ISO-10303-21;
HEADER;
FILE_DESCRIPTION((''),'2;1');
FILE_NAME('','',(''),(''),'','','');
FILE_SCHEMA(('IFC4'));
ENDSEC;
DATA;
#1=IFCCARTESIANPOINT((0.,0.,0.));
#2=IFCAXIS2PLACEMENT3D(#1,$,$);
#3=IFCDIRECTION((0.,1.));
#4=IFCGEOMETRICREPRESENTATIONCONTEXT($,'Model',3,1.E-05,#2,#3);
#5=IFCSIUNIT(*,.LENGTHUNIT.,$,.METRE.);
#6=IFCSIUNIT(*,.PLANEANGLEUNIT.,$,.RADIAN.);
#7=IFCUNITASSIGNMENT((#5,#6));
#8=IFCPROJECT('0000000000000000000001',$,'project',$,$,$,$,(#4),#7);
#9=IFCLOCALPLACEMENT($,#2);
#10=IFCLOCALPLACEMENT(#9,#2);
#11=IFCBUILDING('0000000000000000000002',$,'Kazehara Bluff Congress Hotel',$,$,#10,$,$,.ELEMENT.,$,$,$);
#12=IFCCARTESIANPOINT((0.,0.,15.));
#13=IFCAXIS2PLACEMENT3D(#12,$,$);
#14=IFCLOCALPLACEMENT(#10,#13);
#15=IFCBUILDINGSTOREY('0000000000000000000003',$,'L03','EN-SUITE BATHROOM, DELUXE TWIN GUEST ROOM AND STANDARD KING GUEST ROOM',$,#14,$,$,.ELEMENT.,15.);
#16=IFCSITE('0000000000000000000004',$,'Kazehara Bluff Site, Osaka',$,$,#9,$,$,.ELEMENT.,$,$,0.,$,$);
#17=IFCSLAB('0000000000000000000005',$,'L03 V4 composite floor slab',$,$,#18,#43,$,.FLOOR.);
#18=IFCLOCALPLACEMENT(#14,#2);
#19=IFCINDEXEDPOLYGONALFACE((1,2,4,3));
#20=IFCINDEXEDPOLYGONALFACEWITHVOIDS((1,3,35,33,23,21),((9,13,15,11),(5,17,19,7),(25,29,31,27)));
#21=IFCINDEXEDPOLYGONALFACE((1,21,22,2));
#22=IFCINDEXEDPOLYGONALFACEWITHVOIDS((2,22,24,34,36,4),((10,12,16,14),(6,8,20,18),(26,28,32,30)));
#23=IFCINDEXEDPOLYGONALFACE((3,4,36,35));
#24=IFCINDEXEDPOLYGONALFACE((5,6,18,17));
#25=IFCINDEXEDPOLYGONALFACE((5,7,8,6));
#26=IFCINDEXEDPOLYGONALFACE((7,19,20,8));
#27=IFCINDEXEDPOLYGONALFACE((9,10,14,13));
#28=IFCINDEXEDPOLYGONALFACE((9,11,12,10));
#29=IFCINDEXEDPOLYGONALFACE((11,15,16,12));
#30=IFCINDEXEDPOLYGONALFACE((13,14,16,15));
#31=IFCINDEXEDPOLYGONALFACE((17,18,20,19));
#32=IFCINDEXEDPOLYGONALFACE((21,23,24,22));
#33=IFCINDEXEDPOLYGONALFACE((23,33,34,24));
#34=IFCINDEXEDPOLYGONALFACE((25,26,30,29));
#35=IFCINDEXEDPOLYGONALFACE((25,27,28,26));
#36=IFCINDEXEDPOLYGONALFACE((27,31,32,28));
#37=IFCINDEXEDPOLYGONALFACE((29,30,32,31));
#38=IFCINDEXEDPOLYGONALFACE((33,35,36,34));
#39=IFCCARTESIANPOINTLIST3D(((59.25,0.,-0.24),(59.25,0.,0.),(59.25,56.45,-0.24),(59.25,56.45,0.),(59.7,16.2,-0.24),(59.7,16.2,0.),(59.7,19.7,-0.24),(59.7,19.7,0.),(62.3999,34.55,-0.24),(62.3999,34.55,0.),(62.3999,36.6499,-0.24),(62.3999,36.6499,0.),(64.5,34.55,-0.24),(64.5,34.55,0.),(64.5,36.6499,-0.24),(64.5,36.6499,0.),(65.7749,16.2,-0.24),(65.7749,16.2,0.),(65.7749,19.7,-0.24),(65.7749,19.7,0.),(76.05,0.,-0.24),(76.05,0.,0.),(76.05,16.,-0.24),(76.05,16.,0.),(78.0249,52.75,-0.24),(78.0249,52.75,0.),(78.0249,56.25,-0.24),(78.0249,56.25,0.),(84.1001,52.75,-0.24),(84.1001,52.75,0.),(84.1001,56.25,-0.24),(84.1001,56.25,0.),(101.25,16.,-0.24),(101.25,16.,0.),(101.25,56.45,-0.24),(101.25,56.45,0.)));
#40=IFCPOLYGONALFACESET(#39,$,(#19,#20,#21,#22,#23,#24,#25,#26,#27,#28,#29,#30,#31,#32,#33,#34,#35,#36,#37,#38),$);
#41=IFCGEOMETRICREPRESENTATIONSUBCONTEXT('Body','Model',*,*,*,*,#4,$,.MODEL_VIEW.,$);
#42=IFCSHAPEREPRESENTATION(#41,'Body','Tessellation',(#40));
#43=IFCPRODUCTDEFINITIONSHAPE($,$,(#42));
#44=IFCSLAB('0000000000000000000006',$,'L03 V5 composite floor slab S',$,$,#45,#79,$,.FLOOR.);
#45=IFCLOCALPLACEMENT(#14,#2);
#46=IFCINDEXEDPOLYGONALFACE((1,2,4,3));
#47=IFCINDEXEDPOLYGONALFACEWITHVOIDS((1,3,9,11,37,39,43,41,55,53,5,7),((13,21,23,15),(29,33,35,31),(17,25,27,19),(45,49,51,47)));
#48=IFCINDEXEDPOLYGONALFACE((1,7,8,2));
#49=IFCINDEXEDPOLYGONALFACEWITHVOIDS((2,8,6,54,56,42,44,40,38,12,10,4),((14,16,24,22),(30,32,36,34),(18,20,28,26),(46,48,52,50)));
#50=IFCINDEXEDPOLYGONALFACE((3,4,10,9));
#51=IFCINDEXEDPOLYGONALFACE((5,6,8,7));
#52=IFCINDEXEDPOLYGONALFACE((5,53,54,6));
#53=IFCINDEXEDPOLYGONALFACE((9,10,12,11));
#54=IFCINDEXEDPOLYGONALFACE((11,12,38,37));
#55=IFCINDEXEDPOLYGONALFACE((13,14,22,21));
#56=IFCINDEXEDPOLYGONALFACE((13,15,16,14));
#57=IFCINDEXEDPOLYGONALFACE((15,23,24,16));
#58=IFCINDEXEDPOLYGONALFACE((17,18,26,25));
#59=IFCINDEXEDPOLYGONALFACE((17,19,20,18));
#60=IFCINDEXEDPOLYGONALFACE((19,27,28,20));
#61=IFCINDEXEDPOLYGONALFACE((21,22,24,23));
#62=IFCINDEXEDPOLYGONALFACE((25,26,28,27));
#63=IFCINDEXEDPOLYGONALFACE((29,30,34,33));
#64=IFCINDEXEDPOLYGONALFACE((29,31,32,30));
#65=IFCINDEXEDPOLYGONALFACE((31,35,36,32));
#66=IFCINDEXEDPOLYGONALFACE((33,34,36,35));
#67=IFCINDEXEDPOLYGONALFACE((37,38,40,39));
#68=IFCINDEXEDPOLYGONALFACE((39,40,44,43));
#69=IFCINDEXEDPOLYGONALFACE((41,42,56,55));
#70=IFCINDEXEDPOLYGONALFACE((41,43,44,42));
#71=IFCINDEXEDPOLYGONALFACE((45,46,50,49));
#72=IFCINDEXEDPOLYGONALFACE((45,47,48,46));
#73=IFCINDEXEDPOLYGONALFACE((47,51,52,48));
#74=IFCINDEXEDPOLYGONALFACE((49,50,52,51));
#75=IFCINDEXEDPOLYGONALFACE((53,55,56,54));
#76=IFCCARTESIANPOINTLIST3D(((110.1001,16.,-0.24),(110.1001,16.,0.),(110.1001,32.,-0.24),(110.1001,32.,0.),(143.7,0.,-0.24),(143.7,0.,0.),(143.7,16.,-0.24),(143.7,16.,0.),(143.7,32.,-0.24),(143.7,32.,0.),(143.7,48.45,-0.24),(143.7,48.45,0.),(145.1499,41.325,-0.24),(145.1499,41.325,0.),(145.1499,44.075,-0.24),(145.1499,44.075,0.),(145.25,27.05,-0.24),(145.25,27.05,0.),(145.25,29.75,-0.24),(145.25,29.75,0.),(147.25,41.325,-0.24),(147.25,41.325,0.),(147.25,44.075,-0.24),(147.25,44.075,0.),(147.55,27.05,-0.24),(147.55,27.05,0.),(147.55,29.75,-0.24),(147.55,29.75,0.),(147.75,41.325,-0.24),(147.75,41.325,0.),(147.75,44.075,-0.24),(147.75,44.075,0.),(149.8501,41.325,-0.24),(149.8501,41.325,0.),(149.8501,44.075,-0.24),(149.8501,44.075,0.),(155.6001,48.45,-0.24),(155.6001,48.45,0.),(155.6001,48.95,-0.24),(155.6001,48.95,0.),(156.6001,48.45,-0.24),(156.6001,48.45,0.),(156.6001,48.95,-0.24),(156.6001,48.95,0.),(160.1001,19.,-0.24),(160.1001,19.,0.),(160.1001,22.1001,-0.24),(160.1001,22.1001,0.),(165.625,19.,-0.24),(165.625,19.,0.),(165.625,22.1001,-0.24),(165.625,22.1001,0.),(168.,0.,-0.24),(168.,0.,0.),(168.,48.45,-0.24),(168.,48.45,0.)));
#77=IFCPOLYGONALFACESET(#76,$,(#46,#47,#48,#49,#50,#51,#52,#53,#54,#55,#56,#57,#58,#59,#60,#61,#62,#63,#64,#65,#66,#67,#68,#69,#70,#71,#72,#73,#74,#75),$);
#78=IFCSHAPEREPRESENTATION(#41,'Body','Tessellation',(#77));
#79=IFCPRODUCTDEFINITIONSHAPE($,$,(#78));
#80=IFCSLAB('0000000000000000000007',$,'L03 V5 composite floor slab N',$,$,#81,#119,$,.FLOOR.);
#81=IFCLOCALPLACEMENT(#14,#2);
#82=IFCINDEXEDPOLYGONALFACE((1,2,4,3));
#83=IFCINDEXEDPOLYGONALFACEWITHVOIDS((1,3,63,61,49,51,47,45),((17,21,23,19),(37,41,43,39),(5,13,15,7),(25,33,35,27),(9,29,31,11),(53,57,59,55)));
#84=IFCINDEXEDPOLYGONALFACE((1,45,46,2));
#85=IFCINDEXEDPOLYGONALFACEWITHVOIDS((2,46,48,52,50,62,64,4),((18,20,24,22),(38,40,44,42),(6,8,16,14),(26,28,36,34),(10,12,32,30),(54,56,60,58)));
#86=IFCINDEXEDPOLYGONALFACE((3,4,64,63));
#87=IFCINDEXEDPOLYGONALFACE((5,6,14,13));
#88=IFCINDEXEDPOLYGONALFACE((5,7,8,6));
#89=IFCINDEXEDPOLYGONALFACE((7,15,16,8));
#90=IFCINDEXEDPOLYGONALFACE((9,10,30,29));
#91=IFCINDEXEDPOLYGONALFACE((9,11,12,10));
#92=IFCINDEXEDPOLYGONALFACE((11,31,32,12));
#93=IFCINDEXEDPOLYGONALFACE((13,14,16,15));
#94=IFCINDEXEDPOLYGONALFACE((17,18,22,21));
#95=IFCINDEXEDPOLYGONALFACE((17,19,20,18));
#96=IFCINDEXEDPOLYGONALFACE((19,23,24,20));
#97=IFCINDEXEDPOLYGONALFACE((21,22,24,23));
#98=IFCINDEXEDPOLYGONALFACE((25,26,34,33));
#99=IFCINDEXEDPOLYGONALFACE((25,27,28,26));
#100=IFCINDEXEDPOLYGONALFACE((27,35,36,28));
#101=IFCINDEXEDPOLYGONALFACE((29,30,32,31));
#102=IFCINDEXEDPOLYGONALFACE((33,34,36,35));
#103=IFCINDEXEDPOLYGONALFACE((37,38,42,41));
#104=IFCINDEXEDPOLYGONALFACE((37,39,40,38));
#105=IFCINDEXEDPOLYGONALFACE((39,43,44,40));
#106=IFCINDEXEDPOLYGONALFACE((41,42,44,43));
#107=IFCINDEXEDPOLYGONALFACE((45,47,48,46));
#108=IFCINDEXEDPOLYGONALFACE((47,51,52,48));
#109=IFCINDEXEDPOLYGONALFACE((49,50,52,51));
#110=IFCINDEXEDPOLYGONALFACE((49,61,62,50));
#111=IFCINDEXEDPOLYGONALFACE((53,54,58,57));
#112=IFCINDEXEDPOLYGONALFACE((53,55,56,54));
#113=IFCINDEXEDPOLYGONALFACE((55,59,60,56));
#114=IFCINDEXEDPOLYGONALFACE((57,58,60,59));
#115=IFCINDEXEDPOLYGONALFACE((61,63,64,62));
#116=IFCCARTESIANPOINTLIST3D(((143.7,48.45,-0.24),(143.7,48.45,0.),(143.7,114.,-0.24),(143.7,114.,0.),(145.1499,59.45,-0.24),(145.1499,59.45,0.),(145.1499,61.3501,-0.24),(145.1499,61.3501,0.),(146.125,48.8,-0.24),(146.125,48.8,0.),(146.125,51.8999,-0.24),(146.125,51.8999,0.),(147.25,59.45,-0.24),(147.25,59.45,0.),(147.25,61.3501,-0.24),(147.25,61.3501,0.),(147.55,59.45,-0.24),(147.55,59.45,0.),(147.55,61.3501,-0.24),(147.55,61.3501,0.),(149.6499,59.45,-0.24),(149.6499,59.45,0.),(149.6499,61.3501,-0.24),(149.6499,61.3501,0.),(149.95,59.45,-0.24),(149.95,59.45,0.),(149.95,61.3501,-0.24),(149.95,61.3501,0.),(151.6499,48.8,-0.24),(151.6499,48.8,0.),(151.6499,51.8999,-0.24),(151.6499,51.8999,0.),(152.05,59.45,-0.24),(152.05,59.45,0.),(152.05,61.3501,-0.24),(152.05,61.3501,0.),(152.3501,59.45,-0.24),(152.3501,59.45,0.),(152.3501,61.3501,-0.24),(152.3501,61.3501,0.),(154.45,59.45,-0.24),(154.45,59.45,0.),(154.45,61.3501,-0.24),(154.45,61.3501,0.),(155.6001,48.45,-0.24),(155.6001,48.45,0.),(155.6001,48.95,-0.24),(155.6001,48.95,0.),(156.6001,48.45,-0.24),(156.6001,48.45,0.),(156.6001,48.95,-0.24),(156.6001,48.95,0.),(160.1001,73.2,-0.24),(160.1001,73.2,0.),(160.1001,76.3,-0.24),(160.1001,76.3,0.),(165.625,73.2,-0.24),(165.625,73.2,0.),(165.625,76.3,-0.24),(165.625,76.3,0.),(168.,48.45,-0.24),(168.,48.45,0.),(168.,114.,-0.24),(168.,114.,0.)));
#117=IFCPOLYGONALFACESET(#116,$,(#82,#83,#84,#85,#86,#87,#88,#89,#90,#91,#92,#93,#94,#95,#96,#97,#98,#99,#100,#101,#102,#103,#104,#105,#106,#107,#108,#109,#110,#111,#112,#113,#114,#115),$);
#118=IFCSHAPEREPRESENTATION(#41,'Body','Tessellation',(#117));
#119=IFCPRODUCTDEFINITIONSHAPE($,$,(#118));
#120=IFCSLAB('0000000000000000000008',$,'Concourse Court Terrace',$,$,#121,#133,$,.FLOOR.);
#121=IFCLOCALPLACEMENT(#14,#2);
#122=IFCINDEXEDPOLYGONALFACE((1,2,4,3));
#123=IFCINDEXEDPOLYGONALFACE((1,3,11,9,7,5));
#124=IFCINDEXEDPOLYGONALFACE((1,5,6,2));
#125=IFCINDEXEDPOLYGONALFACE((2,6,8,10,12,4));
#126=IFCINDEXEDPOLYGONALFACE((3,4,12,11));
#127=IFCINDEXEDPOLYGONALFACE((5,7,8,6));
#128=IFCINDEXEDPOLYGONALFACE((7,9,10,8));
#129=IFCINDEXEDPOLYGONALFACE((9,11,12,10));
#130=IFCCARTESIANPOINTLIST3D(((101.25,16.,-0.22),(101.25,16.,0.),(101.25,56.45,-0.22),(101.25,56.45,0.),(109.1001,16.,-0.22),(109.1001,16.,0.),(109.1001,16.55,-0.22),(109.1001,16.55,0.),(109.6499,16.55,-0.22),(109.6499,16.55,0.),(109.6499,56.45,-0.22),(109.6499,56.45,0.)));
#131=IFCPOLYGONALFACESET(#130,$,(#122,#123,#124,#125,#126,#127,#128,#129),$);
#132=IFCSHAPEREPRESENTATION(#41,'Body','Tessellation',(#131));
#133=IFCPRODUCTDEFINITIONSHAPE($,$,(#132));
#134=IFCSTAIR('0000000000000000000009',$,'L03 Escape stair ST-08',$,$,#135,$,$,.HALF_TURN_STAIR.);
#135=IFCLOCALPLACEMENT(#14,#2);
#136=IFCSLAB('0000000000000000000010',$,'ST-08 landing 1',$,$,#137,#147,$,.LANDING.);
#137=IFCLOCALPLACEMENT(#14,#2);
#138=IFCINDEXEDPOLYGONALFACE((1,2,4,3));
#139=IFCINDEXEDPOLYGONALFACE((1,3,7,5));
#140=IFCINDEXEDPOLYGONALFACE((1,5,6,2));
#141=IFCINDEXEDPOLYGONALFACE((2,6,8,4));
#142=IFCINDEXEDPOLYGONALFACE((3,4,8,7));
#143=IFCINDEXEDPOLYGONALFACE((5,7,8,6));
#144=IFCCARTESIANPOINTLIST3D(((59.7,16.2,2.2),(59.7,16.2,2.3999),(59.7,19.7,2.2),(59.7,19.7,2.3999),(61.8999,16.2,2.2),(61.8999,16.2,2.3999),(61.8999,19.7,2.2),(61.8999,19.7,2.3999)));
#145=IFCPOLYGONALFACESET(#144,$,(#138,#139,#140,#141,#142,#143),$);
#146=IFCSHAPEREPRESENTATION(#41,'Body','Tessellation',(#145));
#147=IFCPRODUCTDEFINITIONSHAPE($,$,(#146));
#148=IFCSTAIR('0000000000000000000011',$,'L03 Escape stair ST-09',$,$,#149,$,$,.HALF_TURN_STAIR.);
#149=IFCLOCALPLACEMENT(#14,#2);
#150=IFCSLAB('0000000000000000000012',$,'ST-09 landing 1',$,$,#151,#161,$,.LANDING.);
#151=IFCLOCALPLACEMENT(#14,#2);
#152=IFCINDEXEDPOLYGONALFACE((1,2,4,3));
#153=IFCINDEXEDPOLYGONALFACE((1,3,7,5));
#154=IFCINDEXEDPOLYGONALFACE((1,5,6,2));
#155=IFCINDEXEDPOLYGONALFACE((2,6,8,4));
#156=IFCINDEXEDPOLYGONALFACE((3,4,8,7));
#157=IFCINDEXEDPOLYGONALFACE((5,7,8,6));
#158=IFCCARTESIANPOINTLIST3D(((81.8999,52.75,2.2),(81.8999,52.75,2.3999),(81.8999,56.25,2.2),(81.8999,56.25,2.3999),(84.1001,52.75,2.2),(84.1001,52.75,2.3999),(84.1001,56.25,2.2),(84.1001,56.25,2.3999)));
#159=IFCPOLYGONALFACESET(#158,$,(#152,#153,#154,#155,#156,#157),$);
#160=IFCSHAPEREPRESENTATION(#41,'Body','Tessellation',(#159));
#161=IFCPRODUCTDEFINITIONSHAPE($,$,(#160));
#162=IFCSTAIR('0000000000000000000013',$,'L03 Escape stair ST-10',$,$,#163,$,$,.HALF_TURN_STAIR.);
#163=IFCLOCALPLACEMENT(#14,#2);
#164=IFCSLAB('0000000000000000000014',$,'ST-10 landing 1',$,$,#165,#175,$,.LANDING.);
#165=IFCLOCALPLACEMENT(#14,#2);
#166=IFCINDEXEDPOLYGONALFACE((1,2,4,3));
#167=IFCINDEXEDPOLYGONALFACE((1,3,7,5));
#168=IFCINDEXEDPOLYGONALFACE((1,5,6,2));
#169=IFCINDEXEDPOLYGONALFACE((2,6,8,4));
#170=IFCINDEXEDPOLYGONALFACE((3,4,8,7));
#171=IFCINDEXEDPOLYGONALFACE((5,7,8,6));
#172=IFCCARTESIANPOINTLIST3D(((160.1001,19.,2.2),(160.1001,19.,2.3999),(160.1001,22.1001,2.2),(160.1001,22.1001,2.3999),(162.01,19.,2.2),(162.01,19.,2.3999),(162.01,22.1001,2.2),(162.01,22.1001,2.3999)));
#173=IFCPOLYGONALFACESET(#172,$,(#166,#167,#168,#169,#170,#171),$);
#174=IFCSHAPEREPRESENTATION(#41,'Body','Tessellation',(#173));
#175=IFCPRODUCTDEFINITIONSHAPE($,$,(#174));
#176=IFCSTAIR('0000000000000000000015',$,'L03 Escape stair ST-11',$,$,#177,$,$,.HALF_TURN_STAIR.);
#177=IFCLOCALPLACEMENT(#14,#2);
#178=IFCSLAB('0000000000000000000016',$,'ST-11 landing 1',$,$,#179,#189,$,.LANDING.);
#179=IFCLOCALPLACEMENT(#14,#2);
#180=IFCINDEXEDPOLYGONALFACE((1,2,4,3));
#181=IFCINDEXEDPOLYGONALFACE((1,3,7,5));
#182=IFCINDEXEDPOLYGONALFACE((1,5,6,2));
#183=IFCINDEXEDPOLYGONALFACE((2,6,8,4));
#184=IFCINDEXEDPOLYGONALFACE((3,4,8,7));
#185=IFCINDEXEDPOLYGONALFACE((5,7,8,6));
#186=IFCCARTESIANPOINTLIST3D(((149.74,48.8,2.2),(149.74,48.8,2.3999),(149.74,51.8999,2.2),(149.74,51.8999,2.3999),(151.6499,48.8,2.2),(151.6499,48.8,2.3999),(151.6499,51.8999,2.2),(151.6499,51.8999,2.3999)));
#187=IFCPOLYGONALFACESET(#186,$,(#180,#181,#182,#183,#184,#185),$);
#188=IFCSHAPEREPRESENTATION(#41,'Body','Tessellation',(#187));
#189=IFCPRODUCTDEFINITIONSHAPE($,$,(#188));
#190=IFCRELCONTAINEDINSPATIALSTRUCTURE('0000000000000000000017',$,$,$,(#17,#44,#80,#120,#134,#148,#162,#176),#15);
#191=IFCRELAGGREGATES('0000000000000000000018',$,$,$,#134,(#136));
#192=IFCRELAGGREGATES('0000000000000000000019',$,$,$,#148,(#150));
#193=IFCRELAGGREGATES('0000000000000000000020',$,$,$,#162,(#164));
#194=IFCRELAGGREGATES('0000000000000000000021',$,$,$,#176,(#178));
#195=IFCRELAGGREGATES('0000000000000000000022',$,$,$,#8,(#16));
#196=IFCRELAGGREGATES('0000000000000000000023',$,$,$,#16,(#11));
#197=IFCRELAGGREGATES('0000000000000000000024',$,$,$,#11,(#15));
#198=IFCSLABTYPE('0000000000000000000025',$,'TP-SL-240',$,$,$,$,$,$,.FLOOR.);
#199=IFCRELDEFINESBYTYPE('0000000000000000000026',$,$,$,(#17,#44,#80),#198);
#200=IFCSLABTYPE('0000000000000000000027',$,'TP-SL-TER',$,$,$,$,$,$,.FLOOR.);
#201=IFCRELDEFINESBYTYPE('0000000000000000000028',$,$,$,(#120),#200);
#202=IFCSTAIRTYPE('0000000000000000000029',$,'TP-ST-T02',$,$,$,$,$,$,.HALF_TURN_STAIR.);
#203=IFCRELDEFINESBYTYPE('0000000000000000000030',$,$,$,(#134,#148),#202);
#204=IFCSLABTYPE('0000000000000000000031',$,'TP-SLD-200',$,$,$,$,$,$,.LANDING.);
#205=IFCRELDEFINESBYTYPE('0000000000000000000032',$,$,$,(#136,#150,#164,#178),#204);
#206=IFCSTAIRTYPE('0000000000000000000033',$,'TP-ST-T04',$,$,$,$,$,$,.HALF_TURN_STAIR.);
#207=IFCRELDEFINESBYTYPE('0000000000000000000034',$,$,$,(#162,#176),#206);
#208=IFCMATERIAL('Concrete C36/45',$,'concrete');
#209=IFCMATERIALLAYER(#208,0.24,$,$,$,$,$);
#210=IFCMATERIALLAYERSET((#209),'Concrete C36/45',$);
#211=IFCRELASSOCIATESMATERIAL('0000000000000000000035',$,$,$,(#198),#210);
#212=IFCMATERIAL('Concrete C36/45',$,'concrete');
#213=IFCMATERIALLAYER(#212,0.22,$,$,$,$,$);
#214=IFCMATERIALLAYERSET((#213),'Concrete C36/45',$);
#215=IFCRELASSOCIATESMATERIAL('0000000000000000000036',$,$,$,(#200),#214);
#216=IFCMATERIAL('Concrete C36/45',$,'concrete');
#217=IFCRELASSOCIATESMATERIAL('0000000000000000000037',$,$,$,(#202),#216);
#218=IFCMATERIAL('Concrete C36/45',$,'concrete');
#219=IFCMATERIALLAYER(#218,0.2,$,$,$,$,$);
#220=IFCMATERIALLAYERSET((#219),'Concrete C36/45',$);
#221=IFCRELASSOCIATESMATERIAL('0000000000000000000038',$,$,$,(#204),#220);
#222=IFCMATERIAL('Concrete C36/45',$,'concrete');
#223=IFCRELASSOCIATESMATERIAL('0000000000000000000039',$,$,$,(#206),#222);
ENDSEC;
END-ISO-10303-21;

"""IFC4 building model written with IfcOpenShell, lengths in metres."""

from ifc_helpers import new_model, si_unit, direction, frame, origin, place, context, subcontext, project, spatial, polyline, outline, extrude, material, layer, layer_set, type_object, element, aggregate, save


model = new_model("IFC4")

# Units and contexts
model_context = context("Model", 3, precision=1e-05, world=origin(), true_north=direction((0.0, 1.0)))
body_context = subcontext(model_context, "Body", "Model", "MODEL_VIEW")
ifc_project = project(units=[si_unit("LENGTHUNIT", "METRE"), si_unit("PLANEANGLEUNIT", "RADIAN")], contexts=[model_context])

# Site, building, storey
site_placement = place(None, origin())
site = spatial("IfcSite", under=ifc_project, at=site_placement, Name="Kazehara Bluff Site, Osaka", CompositionType="ELEMENT", RefElevation=0.0)
building_placement = place(site_placement, origin())
building = spatial("IfcBuilding", under=site, at=building_placement, Name="Kazehara Bluff Congress Hotel", CompositionType="ELEMENT")
storey_placement = place(building_placement, frame((0.0, 0.0, 15.0)))
storey = spatial("IfcBuildingStorey", under=building, at=storey_placement, Name="L03", Description="EN-SUITE BATHROOM, DELUXE TWIN GUEST ROOM AND STANDARD KING GUEST ROOM", CompositionType="ELEMENT", Elevation=15.0)

# Slabs
ifc_material_1 = material(Name="Concrete C36/45", Category="concrete")
ifc_layer_1 = layer(ifc_material_1, 0.24)
ifc_layer_set_1 = layer_set([ifc_layer_1], Name="Concrete C36/45")
slab_type_1 = type_object("IfcSlabType", Name="TP-SL-240", PredefinedType="FLOOR", material=ifc_layer_set_1)
slab_1_placement = place(storey_placement, frame((0.0, 0.0, -0.24)))
element("IfcSlab", 1, at=slab_1_placement, inside=storey, type_object=slab_type_1, Name="L03 V4 composite floor slab", PredefinedType="FLOOR", context=body_context, shape_type="SweptSolid", body=[
    extrude(outline(polyline([(59.25, 0.0), (76.05, 0.0), (76.05, 16.0), (101.25, 16.0), (101.25, 56.45), (59.25, 56.45), (59.25, 0.0)]), holes=[polyline([(65.7749, 19.7), (59.7, 19.7), (59.7, 16.2), (65.7749, 16.2), (65.7749, 19.7)]), polyline([(78.0249, 52.75), (84.1001, 52.75), (84.1001, 56.25), (78.0249, 56.25), (78.0249, 52.75)]), polyline([(62.3999, 34.55), (64.5, 34.55), (64.5, 36.6499), (62.3999, 36.6499), (62.3999, 34.55)])]), origin(), (0.0, 0.0, 1.0), 0.24),
])
slab_2_placement = place(storey_placement, frame((0.0, 0.0, -0.24)))
element("IfcSlab", 2, at=slab_2_placement, inside=storey, type_object=slab_type_1, Name="L03 V5 composite floor slab S", PredefinedType="FLOOR", context=body_context, shape_type="SweptSolid", body=[
    extrude(outline(polyline([(143.7, 0.0), (143.7, 16.0), (110.1001, 16.0), (110.1001, 32.0), (143.7, 32.0), (143.7, 48.45), (155.6001, 48.45), (155.6001, 48.95), (156.6001, 48.95), (156.6001, 48.45), (168.0, 48.45), (168.0, 0.0), (143.7, 0.0)]), holes=[polyline([(165.625, 22.1001), (160.1001, 22.1001), (160.1001, 19.0), (165.625, 19.0), (165.625, 22.1001)]), polyline([(145.1499, 41.325), (147.25, 41.325), (147.25, 44.075), (145.1499, 44.075), (145.1499, 41.325)]), polyline([(147.75, 41.325), (149.8501, 41.325), (149.8501, 44.075), (147.75, 44.075), (147.75, 41.325)]), polyline([(145.25, 27.05), (147.55, 27.05), (147.55, 29.75), (145.25, 29.75), (145.25, 27.05)])]), origin(), (0.0, 0.0, 1.0), 0.24),
])
slab_3_placement = place(storey_placement, frame((0.0, 0.0, -0.24)))
element("IfcSlab", 3, at=slab_3_placement, inside=storey, type_object=slab_type_1, Name="L03 V5 composite floor slab N", PredefinedType="FLOOR", context=body_context, shape_type="SweptSolid", body=[
    extrude(outline(polyline([(168.0, 114.0), (168.0, 48.45), (156.6001, 48.45), (156.6001, 48.95), (155.6001, 48.95), (155.6001, 48.45), (143.7, 48.45), (143.7, 114.0), (168.0, 114.0)]), holes=[polyline([(146.125, 48.8), (151.6499, 48.8), (151.6499, 51.8999), (146.125, 51.8999), (146.125, 48.8)]), polyline([(165.625, 76.3), (160.1001, 76.3), (160.1001, 73.2), (165.625, 73.2), (165.625, 76.3)]), polyline([(145.1499, 59.45), (147.25, 59.45), (147.25, 61.3501), (145.1499, 61.3501), (145.1499, 59.45)]), polyline([(147.55, 59.45), (149.6499, 59.45), (149.6499, 61.3501), (147.55, 61.3501), (147.55, 59.45)]), polyline([(149.95, 59.45), (152.05, 59.45), (152.05, 61.3501), (149.95, 61.3501), (149.95, 59.45)]), polyline([(152.3501, 59.45), (154.45, 59.45), (154.45, 61.3501), (152.3501, 61.3501), (152.3501, 59.45)])]), origin(), (0.0, 0.0, 1.0), 0.24),
])
ifc_material_2 = material(Name="Concrete C36/45", Category="concrete")
ifc_layer_2 = layer(ifc_material_2, 0.22)
ifc_layer_set_2 = layer_set([ifc_layer_2], Name="Concrete C36/45")
slab_type_2 = type_object("IfcSlabType", Name="TP-SL-TER", PredefinedType="FLOOR", material=ifc_layer_set_2)
slab_4_placement = place(storey_placement, frame((0.0, 0.0, -0.22)))
element("IfcSlab", 4, at=slab_4_placement, inside=storey, type_object=slab_type_2, Name="Concourse Court Terrace", PredefinedType="FLOOR", context=body_context, shape_type="SweptSolid", body=[
    extrude(outline(polyline([(101.25, 16.0), (109.1001, 16.0), (109.1001, 16.55), (109.6499, 16.55), (109.6499, 56.45), (101.25, 56.45), (101.25, 16.0)])), origin(), (0.0, 0.0, 1.0), 0.22),
])

# Stairs, slabs
ifc_material_3 = material(Name="Concrete C36/45", Category="concrete")
stair_type_1 = type_object("IfcStairType", Name="TP-ST-T02", PredefinedType="HALF_TURN_STAIR", material=ifc_material_3)
stair_1_placement = place(storey_placement, origin())
stair_1 = element("IfcStair", 5, at=stair_1_placement, inside=storey, type_object=stair_type_1, Name="L03 Escape stair ST-08", PredefinedType="HALF_TURN_STAIR")
ifc_material_4 = material(Name="Concrete C36/45", Category="concrete")
ifc_layer_3 = layer(ifc_material_4, 0.2)
ifc_layer_set_3 = layer_set([ifc_layer_3], Name="Concrete C36/45")
slab_type_3 = type_object("IfcSlabType", Name="TP-SLD-200", PredefinedType="LANDING", material=ifc_layer_set_3)
slab_5_placement = place(storey_placement, frame((0.0, 0.0, 2.2)))
slab_5 = element("IfcSlab", 6, at=slab_5_placement, type_object=slab_type_3, Name="ST-08 landing 1", PredefinedType="LANDING", context=body_context, shape_type="SweptSolid", body=[
    extrude(outline(polyline([(61.8999, 19.7), (59.7, 19.7), (59.7, 16.2), (61.8999, 16.2), (61.8999, 19.7)])), origin(), (0.0, 0.0, 1.0), 0.2),
])
aggregate(stair_1, [slab_5])
stair_2_placement = place(storey_placement, origin())
stair_2 = element("IfcStair", 7, at=stair_2_placement, inside=storey, type_object=stair_type_1, Name="L03 Escape stair ST-09", PredefinedType="HALF_TURN_STAIR")
slab_6_placement = place(storey_placement, frame((0.0, 0.0, 2.2)))
slab_6 = element("IfcSlab", 8, at=slab_6_placement, type_object=slab_type_3, Name="ST-09 landing 1", PredefinedType="LANDING", context=body_context, shape_type="SweptSolid", body=[
    extrude(outline(polyline([(81.8999, 52.75), (84.1001, 52.75), (84.1001, 56.25), (81.8999, 56.25), (81.8999, 52.75)])), origin(), (0.0, 0.0, 1.0), 0.2),
])
aggregate(stair_2, [slab_6])
ifc_material_5 = material(Name="Concrete C36/45", Category="concrete")
stair_type_2 = type_object("IfcStairType", Name="TP-ST-T04", PredefinedType="HALF_TURN_STAIR", material=ifc_material_5)
stair_3_placement = place(storey_placement, origin())
stair_3 = element("IfcStair", 9, at=stair_3_placement, inside=storey, type_object=stair_type_2, Name="L03 Escape stair ST-10", PredefinedType="HALF_TURN_STAIR")
slab_7_placement = place(storey_placement, frame((0.0, 0.0, 2.2)))
slab_7 = element("IfcSlab", 10, at=slab_7_placement, type_object=slab_type_3, Name="ST-10 landing 1", PredefinedType="LANDING", context=body_context, shape_type="SweptSolid", body=[
    extrude(outline(polyline([(162.01, 22.1001), (160.1001, 22.1001), (160.1001, 19.0), (162.01, 19.0), (162.01, 22.1001)])), origin(), (0.0, 0.0, 1.0), 0.2),
])
aggregate(stair_3, [slab_7])
stair_4_placement = place(storey_placement, origin())
stair_4 = element("IfcStair", 11, at=stair_4_placement, inside=storey, type_object=stair_type_2, Name="L03 Escape stair ST-11", PredefinedType="HALF_TURN_STAIR")
slab_8_placement = place(storey_placement, frame((0.0, 0.0, 2.2)))
slab_8 = element("IfcSlab", 12, at=slab_8_placement, type_object=slab_type_3, Name="ST-11 landing 1", PredefinedType="LANDING", context=body_context, shape_type="SweptSolid", body=[
    extrude(outline(polyline([(149.74, 48.8), (151.6499, 48.8), (151.6499, 51.8999), (149.74, 51.8999), (149.74, 48.8)])), origin(), (0.0, 0.0, 1.0), 0.2),
])
aggregate(stair_4, [slab_8])

save(model, "model.ifc")
